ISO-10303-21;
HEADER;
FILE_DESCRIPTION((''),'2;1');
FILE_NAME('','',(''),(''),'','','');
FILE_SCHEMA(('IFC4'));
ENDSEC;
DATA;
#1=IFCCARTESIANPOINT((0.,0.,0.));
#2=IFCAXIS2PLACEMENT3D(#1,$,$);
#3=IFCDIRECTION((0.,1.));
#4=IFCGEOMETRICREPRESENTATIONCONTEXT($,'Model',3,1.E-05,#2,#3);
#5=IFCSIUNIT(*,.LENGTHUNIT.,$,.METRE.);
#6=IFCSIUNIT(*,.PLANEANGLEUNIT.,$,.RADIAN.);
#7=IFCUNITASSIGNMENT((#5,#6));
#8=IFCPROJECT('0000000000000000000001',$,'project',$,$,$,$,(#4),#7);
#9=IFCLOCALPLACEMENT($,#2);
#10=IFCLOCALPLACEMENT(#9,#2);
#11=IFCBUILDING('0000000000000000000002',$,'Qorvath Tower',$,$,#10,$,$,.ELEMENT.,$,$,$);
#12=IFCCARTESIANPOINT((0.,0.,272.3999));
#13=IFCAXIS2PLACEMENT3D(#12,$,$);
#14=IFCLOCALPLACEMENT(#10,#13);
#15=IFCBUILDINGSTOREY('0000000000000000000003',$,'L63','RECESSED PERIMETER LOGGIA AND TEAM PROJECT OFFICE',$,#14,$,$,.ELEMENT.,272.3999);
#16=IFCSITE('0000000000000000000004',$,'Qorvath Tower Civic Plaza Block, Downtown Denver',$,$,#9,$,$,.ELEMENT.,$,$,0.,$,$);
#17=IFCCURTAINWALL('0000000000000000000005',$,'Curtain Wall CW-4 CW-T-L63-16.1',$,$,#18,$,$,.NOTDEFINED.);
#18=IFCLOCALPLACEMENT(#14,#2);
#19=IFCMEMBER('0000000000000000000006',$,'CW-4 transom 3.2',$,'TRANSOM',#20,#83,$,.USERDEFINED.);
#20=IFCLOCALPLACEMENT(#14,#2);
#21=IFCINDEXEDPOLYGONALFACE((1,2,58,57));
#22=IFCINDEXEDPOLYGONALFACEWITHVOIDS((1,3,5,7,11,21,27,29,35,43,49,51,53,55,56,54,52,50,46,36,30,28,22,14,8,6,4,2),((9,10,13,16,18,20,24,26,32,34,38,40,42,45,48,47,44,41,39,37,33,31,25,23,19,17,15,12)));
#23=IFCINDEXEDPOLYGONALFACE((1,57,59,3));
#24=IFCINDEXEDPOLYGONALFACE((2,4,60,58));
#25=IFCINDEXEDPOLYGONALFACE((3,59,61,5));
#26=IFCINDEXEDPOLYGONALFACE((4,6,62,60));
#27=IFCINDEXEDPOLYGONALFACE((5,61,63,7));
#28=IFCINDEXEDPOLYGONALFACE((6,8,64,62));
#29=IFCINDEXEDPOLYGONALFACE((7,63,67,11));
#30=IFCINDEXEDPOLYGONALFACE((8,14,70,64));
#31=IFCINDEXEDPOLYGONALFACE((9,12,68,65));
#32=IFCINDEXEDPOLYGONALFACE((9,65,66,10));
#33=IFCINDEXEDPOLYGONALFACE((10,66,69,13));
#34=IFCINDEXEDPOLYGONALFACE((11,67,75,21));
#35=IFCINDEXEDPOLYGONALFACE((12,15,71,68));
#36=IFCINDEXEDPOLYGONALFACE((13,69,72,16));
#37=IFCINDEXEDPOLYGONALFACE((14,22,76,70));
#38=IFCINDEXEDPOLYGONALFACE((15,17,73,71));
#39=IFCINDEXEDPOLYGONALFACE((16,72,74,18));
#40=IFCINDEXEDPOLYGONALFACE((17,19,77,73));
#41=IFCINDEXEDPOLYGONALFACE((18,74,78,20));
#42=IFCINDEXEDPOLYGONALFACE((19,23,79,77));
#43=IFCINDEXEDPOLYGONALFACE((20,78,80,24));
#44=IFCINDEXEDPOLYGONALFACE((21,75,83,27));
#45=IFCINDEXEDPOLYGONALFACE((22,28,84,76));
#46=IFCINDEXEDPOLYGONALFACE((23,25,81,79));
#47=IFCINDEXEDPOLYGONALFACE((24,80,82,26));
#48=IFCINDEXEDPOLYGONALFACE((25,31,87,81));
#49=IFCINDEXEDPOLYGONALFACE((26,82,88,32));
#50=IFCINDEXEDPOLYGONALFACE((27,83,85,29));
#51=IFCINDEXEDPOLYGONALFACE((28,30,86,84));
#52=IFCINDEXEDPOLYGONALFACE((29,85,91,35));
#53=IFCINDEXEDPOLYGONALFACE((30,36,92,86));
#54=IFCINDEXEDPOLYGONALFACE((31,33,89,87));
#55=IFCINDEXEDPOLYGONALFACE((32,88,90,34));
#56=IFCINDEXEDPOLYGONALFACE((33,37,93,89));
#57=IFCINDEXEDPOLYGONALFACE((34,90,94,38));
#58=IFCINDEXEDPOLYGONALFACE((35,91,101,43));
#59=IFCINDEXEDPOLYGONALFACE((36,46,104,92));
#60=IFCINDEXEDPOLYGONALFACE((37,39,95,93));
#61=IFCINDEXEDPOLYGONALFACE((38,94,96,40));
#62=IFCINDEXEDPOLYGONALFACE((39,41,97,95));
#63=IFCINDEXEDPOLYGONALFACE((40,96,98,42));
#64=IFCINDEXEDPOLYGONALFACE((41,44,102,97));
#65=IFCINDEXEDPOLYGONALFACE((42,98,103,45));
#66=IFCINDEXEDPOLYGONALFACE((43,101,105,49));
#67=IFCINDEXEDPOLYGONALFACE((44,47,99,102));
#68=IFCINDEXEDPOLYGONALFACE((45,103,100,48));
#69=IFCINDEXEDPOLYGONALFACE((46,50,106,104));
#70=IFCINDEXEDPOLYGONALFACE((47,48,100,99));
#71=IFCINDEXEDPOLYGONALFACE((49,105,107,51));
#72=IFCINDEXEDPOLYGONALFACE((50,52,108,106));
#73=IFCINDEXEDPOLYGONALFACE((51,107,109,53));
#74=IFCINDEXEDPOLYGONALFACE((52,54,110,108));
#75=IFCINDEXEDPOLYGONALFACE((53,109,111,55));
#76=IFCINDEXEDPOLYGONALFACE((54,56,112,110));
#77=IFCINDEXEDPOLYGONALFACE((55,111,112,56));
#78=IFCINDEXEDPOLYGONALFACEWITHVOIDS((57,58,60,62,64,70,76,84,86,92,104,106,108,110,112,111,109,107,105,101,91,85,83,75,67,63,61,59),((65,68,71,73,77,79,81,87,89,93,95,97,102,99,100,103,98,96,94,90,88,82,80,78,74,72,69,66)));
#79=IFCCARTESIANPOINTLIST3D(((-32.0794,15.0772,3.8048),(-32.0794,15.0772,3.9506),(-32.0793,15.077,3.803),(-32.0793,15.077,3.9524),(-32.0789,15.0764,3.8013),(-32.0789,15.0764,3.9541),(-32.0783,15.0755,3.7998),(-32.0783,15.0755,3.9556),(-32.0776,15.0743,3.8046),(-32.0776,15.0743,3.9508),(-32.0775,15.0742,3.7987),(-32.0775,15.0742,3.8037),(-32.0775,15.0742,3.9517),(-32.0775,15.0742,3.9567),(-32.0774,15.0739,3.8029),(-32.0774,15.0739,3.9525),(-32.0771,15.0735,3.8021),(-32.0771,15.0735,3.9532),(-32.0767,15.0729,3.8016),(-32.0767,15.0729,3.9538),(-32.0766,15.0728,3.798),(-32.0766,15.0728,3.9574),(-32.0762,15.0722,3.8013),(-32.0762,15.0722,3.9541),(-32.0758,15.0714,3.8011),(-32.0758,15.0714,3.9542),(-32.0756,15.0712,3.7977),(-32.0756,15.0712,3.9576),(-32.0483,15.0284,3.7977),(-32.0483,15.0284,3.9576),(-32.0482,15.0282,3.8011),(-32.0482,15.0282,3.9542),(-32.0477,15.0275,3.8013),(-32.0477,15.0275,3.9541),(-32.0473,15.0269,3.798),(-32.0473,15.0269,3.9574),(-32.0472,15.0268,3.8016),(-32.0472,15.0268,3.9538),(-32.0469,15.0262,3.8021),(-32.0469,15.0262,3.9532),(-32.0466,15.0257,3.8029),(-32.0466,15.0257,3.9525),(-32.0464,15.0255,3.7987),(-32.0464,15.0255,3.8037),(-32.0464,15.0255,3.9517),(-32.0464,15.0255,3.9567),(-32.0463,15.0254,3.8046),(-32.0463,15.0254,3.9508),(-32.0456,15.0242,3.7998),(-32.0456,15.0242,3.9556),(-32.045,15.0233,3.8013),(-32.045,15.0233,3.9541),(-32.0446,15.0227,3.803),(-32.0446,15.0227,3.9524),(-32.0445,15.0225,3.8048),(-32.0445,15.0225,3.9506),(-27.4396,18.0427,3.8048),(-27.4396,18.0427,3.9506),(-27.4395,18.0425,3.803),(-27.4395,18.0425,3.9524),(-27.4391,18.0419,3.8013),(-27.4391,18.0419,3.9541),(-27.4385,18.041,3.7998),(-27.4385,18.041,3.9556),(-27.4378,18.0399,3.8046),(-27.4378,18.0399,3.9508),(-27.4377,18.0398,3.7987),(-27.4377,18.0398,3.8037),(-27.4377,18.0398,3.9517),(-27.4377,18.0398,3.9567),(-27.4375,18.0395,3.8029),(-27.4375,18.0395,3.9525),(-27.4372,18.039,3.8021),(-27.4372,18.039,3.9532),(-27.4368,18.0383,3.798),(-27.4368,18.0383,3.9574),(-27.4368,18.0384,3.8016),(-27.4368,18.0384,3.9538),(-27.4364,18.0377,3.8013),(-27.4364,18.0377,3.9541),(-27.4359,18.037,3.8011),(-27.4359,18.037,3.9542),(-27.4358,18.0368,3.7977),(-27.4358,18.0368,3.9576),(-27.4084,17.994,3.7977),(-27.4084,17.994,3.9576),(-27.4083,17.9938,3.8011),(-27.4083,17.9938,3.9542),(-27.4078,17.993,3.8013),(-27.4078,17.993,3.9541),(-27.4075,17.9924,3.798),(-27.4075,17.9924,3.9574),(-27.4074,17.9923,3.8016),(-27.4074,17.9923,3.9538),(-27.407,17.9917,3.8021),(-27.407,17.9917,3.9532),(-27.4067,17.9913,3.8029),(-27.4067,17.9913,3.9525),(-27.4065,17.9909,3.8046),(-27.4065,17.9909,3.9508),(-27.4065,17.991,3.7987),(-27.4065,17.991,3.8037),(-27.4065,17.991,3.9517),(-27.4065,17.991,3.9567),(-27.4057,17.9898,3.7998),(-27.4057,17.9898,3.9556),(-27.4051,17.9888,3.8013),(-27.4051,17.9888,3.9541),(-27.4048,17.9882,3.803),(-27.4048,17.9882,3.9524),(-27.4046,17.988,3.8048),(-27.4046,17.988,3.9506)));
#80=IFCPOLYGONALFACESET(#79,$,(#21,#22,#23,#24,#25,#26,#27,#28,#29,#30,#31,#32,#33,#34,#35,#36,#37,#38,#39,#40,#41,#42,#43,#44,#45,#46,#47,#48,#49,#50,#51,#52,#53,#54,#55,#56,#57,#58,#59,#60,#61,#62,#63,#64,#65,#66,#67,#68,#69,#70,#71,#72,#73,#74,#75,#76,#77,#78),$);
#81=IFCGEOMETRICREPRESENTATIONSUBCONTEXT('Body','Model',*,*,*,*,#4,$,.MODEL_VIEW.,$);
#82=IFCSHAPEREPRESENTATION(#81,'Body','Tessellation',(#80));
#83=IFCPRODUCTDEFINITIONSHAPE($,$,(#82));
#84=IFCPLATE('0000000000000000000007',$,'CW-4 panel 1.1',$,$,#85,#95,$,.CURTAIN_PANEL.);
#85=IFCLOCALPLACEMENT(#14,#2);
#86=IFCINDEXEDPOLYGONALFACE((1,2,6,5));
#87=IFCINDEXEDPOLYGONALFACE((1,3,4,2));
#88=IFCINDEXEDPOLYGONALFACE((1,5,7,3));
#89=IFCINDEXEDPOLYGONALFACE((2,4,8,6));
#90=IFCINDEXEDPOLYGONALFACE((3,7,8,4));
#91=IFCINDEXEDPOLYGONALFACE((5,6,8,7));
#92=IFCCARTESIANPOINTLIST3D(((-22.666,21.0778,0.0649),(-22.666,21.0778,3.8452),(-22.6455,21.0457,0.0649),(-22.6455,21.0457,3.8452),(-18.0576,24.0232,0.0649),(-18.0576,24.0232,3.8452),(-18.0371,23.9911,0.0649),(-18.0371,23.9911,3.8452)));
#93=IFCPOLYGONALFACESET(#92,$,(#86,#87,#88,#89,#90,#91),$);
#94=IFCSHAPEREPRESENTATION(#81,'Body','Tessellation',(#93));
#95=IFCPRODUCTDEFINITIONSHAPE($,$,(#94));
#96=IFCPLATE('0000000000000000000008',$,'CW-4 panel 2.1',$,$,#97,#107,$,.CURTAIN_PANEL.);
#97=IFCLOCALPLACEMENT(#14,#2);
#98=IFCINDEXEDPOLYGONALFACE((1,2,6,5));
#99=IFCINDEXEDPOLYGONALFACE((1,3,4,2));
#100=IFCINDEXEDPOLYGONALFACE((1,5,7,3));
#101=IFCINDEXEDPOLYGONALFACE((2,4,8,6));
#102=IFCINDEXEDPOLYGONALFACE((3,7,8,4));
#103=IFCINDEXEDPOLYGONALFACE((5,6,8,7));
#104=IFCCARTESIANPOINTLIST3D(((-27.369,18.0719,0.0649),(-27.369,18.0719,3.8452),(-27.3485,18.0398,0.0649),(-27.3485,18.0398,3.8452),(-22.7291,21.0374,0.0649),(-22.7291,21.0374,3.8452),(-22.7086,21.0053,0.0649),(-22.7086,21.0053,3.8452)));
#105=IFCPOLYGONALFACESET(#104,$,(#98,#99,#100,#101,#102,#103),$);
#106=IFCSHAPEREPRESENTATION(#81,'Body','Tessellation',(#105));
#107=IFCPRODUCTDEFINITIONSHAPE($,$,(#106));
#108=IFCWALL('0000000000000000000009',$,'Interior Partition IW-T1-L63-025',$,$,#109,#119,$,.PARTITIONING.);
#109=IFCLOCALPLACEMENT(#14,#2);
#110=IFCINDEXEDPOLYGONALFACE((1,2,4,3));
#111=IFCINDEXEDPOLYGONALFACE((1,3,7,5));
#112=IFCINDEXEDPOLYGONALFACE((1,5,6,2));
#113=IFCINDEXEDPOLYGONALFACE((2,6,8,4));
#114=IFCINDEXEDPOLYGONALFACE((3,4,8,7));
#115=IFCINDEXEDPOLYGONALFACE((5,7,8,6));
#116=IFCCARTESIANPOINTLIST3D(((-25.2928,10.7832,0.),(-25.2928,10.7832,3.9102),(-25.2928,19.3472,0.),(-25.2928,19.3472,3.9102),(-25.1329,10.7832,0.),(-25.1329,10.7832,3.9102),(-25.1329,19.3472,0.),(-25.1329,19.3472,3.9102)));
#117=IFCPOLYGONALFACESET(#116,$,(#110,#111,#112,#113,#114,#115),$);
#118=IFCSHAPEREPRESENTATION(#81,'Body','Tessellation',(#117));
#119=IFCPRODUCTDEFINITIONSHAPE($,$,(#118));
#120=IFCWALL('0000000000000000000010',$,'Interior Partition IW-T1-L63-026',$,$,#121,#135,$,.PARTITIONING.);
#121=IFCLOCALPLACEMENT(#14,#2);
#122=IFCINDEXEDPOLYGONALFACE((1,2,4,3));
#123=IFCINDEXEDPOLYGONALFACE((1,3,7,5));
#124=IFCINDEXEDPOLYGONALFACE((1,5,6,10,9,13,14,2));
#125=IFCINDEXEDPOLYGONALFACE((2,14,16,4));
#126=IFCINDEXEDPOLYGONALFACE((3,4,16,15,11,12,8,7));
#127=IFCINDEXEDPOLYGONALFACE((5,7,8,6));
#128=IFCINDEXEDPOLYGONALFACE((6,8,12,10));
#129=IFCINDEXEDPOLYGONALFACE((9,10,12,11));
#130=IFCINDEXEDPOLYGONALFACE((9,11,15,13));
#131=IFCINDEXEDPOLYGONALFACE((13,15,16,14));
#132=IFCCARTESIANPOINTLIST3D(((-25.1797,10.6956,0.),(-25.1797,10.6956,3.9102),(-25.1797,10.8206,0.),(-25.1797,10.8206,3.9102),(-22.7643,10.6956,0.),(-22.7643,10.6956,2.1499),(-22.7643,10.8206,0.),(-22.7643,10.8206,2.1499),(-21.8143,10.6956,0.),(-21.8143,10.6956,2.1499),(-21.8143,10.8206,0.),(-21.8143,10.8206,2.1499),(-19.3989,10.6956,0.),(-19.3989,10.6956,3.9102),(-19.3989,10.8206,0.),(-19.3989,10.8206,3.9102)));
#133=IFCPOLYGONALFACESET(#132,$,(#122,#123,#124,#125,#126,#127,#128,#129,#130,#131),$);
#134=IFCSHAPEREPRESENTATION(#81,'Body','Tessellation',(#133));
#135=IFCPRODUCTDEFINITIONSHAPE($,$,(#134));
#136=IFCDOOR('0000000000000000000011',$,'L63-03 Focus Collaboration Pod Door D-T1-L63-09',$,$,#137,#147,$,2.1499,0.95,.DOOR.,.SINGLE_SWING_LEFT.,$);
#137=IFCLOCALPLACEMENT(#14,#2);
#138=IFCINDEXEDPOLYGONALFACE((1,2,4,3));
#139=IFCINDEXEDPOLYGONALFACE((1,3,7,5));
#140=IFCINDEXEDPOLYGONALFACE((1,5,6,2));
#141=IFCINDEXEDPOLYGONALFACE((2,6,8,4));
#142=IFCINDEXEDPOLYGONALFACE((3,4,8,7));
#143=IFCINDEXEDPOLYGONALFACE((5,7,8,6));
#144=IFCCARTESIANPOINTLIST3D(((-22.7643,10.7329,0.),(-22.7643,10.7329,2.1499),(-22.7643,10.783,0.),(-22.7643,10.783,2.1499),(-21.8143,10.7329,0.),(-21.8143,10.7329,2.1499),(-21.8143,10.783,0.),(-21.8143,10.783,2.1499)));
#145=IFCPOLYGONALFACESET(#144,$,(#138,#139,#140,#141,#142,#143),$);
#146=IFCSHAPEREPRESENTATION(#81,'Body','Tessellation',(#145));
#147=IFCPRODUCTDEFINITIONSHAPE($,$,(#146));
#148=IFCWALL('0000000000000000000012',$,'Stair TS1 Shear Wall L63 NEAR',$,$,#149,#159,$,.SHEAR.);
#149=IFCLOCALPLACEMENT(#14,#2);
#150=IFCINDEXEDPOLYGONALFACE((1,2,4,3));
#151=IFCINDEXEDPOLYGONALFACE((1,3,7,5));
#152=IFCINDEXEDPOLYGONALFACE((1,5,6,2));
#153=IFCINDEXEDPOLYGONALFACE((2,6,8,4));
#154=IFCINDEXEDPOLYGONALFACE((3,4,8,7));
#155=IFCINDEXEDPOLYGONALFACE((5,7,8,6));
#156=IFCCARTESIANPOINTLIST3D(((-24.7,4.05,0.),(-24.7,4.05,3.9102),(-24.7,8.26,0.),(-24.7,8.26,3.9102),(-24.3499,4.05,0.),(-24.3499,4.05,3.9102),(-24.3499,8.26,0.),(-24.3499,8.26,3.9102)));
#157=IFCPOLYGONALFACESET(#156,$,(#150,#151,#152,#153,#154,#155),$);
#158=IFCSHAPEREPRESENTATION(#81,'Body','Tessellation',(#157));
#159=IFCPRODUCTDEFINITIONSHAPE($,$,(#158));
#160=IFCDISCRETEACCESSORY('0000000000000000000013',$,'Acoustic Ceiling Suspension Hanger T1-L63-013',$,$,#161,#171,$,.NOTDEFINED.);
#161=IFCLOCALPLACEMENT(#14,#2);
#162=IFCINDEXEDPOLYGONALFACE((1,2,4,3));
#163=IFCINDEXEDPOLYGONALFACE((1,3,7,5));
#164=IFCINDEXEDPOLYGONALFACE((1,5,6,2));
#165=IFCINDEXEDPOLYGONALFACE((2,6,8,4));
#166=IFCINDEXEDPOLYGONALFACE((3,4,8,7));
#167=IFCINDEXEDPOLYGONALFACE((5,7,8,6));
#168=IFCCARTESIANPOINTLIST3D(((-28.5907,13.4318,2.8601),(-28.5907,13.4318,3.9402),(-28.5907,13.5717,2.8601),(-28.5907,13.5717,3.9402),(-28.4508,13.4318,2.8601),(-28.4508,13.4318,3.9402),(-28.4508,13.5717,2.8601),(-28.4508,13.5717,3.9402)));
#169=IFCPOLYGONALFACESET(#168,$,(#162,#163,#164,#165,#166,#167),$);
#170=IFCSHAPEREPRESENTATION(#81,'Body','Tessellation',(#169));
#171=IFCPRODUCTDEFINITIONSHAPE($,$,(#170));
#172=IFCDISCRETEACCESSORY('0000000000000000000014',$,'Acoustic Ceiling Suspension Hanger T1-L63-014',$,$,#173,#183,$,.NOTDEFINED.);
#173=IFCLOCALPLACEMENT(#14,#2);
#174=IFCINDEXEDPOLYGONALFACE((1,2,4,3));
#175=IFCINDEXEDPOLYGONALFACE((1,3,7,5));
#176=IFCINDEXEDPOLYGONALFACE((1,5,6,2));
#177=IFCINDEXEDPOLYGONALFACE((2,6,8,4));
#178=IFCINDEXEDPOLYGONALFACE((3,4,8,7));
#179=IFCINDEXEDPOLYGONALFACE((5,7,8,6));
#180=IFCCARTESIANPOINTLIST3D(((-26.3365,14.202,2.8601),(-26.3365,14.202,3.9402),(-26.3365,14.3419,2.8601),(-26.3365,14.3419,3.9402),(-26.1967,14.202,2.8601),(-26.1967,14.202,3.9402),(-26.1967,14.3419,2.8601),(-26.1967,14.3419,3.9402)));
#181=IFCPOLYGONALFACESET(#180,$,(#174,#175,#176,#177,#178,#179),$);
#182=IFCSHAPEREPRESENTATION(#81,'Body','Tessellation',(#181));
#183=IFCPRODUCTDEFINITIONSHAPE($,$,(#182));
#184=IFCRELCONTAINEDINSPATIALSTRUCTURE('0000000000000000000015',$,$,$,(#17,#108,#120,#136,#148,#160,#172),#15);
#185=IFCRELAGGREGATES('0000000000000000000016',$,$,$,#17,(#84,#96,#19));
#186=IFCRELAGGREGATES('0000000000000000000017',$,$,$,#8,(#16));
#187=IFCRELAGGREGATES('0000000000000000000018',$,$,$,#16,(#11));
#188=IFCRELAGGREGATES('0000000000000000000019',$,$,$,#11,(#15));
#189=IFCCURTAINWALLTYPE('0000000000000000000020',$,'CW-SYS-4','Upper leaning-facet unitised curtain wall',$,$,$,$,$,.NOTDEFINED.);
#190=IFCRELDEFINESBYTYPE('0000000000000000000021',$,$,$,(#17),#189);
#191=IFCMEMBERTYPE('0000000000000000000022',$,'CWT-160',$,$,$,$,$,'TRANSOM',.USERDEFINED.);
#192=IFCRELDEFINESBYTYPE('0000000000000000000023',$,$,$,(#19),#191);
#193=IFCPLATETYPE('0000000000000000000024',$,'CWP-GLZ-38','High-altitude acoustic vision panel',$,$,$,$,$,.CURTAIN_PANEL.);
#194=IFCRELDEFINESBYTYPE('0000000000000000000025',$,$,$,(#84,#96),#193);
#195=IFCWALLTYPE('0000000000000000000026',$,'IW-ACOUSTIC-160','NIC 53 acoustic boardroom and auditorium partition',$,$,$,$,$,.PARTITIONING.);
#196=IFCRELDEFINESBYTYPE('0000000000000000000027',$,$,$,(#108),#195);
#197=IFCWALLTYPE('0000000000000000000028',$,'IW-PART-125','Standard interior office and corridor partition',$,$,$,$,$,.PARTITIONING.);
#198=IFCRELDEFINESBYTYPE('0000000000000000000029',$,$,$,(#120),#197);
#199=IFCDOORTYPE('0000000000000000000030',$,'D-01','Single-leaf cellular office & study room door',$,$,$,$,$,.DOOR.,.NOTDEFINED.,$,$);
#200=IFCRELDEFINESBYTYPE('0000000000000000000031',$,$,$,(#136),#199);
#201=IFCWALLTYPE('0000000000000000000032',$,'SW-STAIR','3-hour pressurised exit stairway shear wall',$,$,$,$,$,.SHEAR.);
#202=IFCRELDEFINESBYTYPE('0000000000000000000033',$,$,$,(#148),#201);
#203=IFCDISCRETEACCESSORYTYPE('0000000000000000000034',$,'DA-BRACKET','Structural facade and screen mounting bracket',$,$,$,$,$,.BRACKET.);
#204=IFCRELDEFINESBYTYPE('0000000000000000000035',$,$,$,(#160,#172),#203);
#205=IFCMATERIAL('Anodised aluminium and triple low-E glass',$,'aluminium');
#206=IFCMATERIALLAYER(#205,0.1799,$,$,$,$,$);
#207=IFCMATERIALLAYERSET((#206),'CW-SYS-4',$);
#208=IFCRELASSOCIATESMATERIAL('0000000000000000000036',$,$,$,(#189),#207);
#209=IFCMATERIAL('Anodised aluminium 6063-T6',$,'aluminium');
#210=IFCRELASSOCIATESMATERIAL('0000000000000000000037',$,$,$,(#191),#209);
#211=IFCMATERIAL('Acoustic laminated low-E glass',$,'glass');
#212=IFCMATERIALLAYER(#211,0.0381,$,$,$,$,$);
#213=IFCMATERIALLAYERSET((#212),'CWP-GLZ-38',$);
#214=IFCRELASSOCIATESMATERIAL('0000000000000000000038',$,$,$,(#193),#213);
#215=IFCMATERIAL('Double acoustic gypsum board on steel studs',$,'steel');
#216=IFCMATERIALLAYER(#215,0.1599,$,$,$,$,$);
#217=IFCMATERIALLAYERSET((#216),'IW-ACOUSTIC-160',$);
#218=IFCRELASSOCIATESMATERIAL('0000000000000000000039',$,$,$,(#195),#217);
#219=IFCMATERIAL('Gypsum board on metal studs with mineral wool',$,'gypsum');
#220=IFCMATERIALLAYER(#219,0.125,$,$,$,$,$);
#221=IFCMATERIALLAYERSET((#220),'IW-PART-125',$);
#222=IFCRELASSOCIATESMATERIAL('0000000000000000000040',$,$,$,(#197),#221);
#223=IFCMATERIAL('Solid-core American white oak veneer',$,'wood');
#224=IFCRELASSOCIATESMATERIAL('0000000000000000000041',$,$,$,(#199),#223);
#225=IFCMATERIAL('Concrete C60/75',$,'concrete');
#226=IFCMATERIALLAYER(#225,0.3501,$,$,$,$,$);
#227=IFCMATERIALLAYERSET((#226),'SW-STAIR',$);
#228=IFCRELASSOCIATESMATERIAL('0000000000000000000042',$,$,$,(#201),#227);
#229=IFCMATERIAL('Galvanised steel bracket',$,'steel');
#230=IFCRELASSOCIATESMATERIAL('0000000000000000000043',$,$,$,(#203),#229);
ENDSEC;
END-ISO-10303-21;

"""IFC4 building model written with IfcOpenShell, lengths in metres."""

from ifc_helpers import new_model, si_unit, direction, frame, frame_2d, origin, origin_2d, place, context, subcontext, project, spatial, rectangle, hollow_rectangle, extrude, material, layer, layer_set, material_profile, profile_set, type_object, element, fill, aggregate, save


model = new_model("IFC4")

# Units and contexts
model_context = context("Model", 3, precision=1e-05, world=origin(), true_north=direction((0.0, 1.0)))
body_context = subcontext(model_context, "Body", "Model", "MODEL_VIEW")
ifc_project = project(units=[si_unit("LENGTHUNIT", "METRE"), si_unit("PLANEANGLEUNIT", "RADIAN")], contexts=[model_context])

# Site, building, storey
site_placement = place(None, origin())
site = spatial("IfcSite", under=ifc_project, at=site_placement, Name="Qorvath Tower Civic Plaza Block, Downtown Denver", CompositionType="ELEMENT", RefElevation=0.0)
building_placement = place(site_placement, origin())
building = spatial("IfcBuilding", under=site, at=building_placement, Name="Qorvath Tower", CompositionType="ELEMENT")
storey_placement = place(building_placement, frame((0.0, 0.0, 272.3999)))
storey = spatial("IfcBuildingStorey", under=building, at=storey_placement, Name="L63", Description="RECESSED PERIMETER LOGGIA AND TEAM PROJECT OFFICE", CompositionType="ELEMENT", Elevation=272.3999)

# Curtain wall, member, plates
ifc_material_1 = material(Name="Anodised aluminium and triple low-E glass", Category="aluminium")
ifc_layer_1 = layer(ifc_material_1, 0.1799)
ifc_layer_set_1 = layer_set([ifc_layer_1], Name="CW-SYS-4")
curtain_wall_type = type_object("IfcCurtainWallType", Name="CW-SYS-4", Description="Upper leaning-facet unitised curtain wall", PredefinedType="NOTDEFINED", material=ifc_layer_set_1)
curtain_wall_placement = place(storey_placement, origin())
curtain_wall = element("IfcCurtainWall", 1, at=curtain_wall_placement, inside=storey, type_object=curtain_wall_type, Name="Curtain Wall CW-4 CW-T-L63-16.1", PredefinedType="NOTDEFINED")
ifc_material_2 = material(Name="Anodised aluminium 6063-T6", Category="aluminium")
ifc_material_profile_1 = material_profile(ifc_material_2, hollow_rectangle(XDim=0.0649, YDim=0.1599, WallThickness=0.0034, InnerFilletRadius=0.0034, OuterFilletRadius=0.0071, at=origin_2d()), Name="CWT 160x65")
ifc_profile_set_1 = profile_set([ifc_material_profile_1], Name="Anodised aluminium 6063-T6")
member_type_1 = type_object("IfcMemberType", Name="CWT-160", ElementType="TRANSOM", PredefinedType="USERDEFINED", material=ifc_profile_set_1)
member_1_placement = place(storey_placement, frame((-27.4221, 18.0154, 3.8777), z_axis=(-0.842597, -0.538544, 0.0), x_axis=(0.538544, -0.842597, 0.0)))
member_1 = element("IfcMember", 2, at=member_1_placement, type_object=member_type_1, Name="CW-4 transom 3.2", ObjectType="TRANSOM", PredefinedType="USERDEFINED", context=body_context, shape_type="SweptSolid", body=[
    extrude(hollow_rectangle(XDim=0.0649, YDim=0.1599, WallThickness=0.0034, InnerFilletRadius=0.0034, OuterFilletRadius=0.0071, at=origin_2d()), origin(), (0.0, 0.0, 1.0), 5.5066),
])
ifc_material_3 = material(Name="Acoustic laminated low-E glass", Category="glass")
ifc_layer_2 = layer(ifc_material_3, 0.0381)
ifc_layer_set_2 = layer_set([ifc_layer_2], Name="CWP-GLZ-38")
plate_type = type_object("IfcPlateType", Name="CWP-GLZ-38", Description="High-altitude acoustic vision panel", PredefinedType="CURTAIN_PANEL", material=ifc_layer_set_2)
plate_1_placement = place(storey_placement, frame((-20.3516, 22.5344, 0.0649), z_axis=(0.0, 0.0, 1.0), x_axis=(-0.842604, -0.538534, 0.0)))
plate_1 = element("IfcPlate", 3, at=plate_1_placement, type_object=plate_type, Name="CW-4 panel 1.1", PredefinedType="CURTAIN_PANEL", context=body_context, shape_type="SweptSolid", body=[
    extrude(rectangle(XDim=5.4692, YDim=0.0381, at=origin_2d()), origin(), (0.0, 0.0, 1.0), 3.7803),
])
plate_2_placement = place(storey_placement, frame((-25.0388, 19.5386, 0.0649), z_axis=(0.0, 0.0, 1.0), x_axis=(-0.842604, -0.538534, 0.0)))
plate_2 = element("IfcPlate", 4, at=plate_2_placement, type_object=plate_type, Name="CW-4 panel 2.1", PredefinedType="CURTAIN_PANEL", context=body_context, shape_type="SweptSolid", body=[
    extrude(rectangle(XDim=5.5066, YDim=0.0381, at=origin_2d()), origin(), (0.0, 0.0, 1.0), 3.7803),
])
aggregate(curtain_wall, [plate_1, plate_2, member_1])

# Wall
ifc_material_4 = material(Name="Double acoustic gypsum board on steel studs", Category="steel")
ifc_layer_3 = layer(ifc_material_4, 0.1599)
ifc_layer_set_3 = layer_set([ifc_layer_3], Name="IW-ACOUSTIC-160")
wall_type_1 = type_object("IfcWallType", Name="IW-ACOUSTIC-160", Description="NIC 53 acoustic boardroom and auditorium partition", PredefinedType="PARTITIONING", material=ifc_layer_set_3)
wall_1_placement = place(storey_placement, frame((-25.2129, 10.7832, 0.0), z_axis=(0.0, 0.0, 1.0), x_axis=(0.0, 1.0, 0.0)))
element("IfcWall", 5, at=wall_1_placement, inside=storey, type_object=wall_type_1, Name="Interior Partition IW-T1-L63-025", PredefinedType="PARTITIONING", context=body_context, shape_type="SweptSolid", body=[
    extrude(rectangle(XDim=8.564, YDim=0.1599, at=frame_2d((4.282, 0.0))), origin(), (0.0, 0.0, 1.0), 3.9102),
])

# Wall, opening, door
ifc_material_5 = material(Name="Gypsum board on metal studs with mineral wool", Category="gypsum")
ifc_layer_4 = layer(ifc_material_5, 0.125)
ifc_layer_set_4 = layer_set([ifc_layer_4], Name="IW-PART-125")
wall_type_2 = type_object("IfcWallType", Name="IW-PART-125", Description="Standard interior office and corridor partition", PredefinedType="PARTITIONING", material=ifc_layer_set_4)
wall_2_placement = place(storey_placement, frame((-25.1797, 10.7581, 0.0), z_axis=(0.0, 0.0, 1.0), x_axis=(1.0, 0.0, 0.0)))
wall_2 = element("IfcWall", 6, at=wall_2_placement, inside=storey, type_object=wall_type_2, Name="Interior Partition IW-T1-L63-026", PredefinedType="PARTITIONING", context=body_context, shape_type="SweptSolid", body=[
    extrude(rectangle(XDim=5.7808, YDim=0.125, at=frame_2d((2.8904, 0.0))), origin(), (0.0, 0.0, 1.0), 3.9102),
])
opening_1_placement = place(wall_2_placement, frame((2.4153, 0.0, 0.0)))
opening_1 = element("IfcOpeningElement", 7, at=opening_1_placement, cuts=wall_2, PredefinedType="OPENING", context=body_context, shape_type="SweptSolid", body=[
    extrude(rectangle(XDim=0.95, YDim=2.1499, at=frame_2d((0.4751, 1.075))), frame((0.0, 0.0725, 0.0), z_axis=(0.0, -1.0, 0.0), x_axis=(1.0, 0.0, 0.0)), (0.0, 0.0, 1.0), 0.145),
])
ifc_material_6 = material(Name="Solid-core American white oak veneer", Category="wood")
door_type_1 = type_object("IfcDoorType", Name="D-01", Description="Single-leaf cellular office & study room door", OperationType="NOTDEFINED", PredefinedType="DOOR", material=ifc_material_6)
door_1_placement = place(opening_1_placement, origin())
door_1 = element("IfcDoor", 8, at=door_1_placement, inside=storey, type_object=door_type_1, Name="L63-03 Focus Collaboration Pod Door D-T1-L63-09", OperationType="SINGLE_SWING_LEFT", OverallHeight=2.1499, OverallWidth=0.95, PredefinedType="DOOR", context=body_context, shape_type="SweptSolid", body=[
    extrude(rectangle(XDim=0.95, YDim=2.1499, at=frame_2d((0.4751, 1.075))), frame((0.0, 0.0249, 0.0), z_axis=(0.0, -1.0, 0.0), x_axis=(1.0, 0.0, 0.0)), (0.0, 0.0, 1.0), 0.05),
])
fill(opening_1, door_1)

# Wall
ifc_material_7 = material(Name="Concrete C60/75", Category="concrete")
ifc_layer_5 = layer(ifc_material_7, 0.3501)
ifc_layer_set_5 = layer_set([ifc_layer_5], Name="SW-STAIR")
wall_type_3 = type_object("IfcWallType", Name="SW-STAIR", Description="3-hour pressurised exit stairway shear wall", PredefinedType="SHEAR", material=ifc_layer_set_5)
wall_3_placement = place(storey_placement, frame((-24.5249, 8.26, 0.0), z_axis=(0.0, 0.0, 1.0), x_axis=(0.0, -1.0, 0.0)))
element("IfcWall", 9, at=wall_3_placement, inside=storey, type_object=wall_type_3, Name="Stair TS1 Shear Wall L63 NEAR", PredefinedType="SHEAR", context=body_context, shape_type="SweptSolid", body=[
    extrude(rectangle(XDim=4.21, YDim=0.3501, at=frame_2d((2.105, 0.0))), origin(), (0.0, 0.0, 1.0), 3.9102),
])

# Discrete accessories
ifc_material_8 = material(Name="Galvanised steel bracket", Category="steel")
discrete_accessory_type = type_object("IfcDiscreteAccessoryType", Name="DA-BRACKET", Description="Structural facade and screen mounting bracket", PredefinedType="BRACKET", material=ifc_material_8)
for number, where, z_axis, x_axis, name in (
    (10, (-28.5208, 13.5017, 2.8601), (0.0, 0.0, 1.0), (1.0, 0.0, 0.0), "Acoustic Ceiling Suspension Hanger T1-L63-013"),
    (11, (-26.2666, 14.272, 2.8601), (0.0, 0.0, 1.0), (1.0, 0.0, 0.0), "Acoustic Ceiling Suspension Hanger T1-L63-014"),
):
    element("IfcDiscreteAccessory", number, at=place(storey_placement, frame(where, z_axis=z_axis, x_axis=x_axis)), inside=storey, type_object=discrete_accessory_type, Name=name, PredefinedType="NOTDEFINED", context=body_context, shape_type="SweptSolid", body=[
        extrude(rectangle(XDim=0.1399, YDim=0.1399, at=origin_2d()), origin(), (0.0, 0.0, 1.0), 1.0801),
    ])

save(model, "model.ifc")
